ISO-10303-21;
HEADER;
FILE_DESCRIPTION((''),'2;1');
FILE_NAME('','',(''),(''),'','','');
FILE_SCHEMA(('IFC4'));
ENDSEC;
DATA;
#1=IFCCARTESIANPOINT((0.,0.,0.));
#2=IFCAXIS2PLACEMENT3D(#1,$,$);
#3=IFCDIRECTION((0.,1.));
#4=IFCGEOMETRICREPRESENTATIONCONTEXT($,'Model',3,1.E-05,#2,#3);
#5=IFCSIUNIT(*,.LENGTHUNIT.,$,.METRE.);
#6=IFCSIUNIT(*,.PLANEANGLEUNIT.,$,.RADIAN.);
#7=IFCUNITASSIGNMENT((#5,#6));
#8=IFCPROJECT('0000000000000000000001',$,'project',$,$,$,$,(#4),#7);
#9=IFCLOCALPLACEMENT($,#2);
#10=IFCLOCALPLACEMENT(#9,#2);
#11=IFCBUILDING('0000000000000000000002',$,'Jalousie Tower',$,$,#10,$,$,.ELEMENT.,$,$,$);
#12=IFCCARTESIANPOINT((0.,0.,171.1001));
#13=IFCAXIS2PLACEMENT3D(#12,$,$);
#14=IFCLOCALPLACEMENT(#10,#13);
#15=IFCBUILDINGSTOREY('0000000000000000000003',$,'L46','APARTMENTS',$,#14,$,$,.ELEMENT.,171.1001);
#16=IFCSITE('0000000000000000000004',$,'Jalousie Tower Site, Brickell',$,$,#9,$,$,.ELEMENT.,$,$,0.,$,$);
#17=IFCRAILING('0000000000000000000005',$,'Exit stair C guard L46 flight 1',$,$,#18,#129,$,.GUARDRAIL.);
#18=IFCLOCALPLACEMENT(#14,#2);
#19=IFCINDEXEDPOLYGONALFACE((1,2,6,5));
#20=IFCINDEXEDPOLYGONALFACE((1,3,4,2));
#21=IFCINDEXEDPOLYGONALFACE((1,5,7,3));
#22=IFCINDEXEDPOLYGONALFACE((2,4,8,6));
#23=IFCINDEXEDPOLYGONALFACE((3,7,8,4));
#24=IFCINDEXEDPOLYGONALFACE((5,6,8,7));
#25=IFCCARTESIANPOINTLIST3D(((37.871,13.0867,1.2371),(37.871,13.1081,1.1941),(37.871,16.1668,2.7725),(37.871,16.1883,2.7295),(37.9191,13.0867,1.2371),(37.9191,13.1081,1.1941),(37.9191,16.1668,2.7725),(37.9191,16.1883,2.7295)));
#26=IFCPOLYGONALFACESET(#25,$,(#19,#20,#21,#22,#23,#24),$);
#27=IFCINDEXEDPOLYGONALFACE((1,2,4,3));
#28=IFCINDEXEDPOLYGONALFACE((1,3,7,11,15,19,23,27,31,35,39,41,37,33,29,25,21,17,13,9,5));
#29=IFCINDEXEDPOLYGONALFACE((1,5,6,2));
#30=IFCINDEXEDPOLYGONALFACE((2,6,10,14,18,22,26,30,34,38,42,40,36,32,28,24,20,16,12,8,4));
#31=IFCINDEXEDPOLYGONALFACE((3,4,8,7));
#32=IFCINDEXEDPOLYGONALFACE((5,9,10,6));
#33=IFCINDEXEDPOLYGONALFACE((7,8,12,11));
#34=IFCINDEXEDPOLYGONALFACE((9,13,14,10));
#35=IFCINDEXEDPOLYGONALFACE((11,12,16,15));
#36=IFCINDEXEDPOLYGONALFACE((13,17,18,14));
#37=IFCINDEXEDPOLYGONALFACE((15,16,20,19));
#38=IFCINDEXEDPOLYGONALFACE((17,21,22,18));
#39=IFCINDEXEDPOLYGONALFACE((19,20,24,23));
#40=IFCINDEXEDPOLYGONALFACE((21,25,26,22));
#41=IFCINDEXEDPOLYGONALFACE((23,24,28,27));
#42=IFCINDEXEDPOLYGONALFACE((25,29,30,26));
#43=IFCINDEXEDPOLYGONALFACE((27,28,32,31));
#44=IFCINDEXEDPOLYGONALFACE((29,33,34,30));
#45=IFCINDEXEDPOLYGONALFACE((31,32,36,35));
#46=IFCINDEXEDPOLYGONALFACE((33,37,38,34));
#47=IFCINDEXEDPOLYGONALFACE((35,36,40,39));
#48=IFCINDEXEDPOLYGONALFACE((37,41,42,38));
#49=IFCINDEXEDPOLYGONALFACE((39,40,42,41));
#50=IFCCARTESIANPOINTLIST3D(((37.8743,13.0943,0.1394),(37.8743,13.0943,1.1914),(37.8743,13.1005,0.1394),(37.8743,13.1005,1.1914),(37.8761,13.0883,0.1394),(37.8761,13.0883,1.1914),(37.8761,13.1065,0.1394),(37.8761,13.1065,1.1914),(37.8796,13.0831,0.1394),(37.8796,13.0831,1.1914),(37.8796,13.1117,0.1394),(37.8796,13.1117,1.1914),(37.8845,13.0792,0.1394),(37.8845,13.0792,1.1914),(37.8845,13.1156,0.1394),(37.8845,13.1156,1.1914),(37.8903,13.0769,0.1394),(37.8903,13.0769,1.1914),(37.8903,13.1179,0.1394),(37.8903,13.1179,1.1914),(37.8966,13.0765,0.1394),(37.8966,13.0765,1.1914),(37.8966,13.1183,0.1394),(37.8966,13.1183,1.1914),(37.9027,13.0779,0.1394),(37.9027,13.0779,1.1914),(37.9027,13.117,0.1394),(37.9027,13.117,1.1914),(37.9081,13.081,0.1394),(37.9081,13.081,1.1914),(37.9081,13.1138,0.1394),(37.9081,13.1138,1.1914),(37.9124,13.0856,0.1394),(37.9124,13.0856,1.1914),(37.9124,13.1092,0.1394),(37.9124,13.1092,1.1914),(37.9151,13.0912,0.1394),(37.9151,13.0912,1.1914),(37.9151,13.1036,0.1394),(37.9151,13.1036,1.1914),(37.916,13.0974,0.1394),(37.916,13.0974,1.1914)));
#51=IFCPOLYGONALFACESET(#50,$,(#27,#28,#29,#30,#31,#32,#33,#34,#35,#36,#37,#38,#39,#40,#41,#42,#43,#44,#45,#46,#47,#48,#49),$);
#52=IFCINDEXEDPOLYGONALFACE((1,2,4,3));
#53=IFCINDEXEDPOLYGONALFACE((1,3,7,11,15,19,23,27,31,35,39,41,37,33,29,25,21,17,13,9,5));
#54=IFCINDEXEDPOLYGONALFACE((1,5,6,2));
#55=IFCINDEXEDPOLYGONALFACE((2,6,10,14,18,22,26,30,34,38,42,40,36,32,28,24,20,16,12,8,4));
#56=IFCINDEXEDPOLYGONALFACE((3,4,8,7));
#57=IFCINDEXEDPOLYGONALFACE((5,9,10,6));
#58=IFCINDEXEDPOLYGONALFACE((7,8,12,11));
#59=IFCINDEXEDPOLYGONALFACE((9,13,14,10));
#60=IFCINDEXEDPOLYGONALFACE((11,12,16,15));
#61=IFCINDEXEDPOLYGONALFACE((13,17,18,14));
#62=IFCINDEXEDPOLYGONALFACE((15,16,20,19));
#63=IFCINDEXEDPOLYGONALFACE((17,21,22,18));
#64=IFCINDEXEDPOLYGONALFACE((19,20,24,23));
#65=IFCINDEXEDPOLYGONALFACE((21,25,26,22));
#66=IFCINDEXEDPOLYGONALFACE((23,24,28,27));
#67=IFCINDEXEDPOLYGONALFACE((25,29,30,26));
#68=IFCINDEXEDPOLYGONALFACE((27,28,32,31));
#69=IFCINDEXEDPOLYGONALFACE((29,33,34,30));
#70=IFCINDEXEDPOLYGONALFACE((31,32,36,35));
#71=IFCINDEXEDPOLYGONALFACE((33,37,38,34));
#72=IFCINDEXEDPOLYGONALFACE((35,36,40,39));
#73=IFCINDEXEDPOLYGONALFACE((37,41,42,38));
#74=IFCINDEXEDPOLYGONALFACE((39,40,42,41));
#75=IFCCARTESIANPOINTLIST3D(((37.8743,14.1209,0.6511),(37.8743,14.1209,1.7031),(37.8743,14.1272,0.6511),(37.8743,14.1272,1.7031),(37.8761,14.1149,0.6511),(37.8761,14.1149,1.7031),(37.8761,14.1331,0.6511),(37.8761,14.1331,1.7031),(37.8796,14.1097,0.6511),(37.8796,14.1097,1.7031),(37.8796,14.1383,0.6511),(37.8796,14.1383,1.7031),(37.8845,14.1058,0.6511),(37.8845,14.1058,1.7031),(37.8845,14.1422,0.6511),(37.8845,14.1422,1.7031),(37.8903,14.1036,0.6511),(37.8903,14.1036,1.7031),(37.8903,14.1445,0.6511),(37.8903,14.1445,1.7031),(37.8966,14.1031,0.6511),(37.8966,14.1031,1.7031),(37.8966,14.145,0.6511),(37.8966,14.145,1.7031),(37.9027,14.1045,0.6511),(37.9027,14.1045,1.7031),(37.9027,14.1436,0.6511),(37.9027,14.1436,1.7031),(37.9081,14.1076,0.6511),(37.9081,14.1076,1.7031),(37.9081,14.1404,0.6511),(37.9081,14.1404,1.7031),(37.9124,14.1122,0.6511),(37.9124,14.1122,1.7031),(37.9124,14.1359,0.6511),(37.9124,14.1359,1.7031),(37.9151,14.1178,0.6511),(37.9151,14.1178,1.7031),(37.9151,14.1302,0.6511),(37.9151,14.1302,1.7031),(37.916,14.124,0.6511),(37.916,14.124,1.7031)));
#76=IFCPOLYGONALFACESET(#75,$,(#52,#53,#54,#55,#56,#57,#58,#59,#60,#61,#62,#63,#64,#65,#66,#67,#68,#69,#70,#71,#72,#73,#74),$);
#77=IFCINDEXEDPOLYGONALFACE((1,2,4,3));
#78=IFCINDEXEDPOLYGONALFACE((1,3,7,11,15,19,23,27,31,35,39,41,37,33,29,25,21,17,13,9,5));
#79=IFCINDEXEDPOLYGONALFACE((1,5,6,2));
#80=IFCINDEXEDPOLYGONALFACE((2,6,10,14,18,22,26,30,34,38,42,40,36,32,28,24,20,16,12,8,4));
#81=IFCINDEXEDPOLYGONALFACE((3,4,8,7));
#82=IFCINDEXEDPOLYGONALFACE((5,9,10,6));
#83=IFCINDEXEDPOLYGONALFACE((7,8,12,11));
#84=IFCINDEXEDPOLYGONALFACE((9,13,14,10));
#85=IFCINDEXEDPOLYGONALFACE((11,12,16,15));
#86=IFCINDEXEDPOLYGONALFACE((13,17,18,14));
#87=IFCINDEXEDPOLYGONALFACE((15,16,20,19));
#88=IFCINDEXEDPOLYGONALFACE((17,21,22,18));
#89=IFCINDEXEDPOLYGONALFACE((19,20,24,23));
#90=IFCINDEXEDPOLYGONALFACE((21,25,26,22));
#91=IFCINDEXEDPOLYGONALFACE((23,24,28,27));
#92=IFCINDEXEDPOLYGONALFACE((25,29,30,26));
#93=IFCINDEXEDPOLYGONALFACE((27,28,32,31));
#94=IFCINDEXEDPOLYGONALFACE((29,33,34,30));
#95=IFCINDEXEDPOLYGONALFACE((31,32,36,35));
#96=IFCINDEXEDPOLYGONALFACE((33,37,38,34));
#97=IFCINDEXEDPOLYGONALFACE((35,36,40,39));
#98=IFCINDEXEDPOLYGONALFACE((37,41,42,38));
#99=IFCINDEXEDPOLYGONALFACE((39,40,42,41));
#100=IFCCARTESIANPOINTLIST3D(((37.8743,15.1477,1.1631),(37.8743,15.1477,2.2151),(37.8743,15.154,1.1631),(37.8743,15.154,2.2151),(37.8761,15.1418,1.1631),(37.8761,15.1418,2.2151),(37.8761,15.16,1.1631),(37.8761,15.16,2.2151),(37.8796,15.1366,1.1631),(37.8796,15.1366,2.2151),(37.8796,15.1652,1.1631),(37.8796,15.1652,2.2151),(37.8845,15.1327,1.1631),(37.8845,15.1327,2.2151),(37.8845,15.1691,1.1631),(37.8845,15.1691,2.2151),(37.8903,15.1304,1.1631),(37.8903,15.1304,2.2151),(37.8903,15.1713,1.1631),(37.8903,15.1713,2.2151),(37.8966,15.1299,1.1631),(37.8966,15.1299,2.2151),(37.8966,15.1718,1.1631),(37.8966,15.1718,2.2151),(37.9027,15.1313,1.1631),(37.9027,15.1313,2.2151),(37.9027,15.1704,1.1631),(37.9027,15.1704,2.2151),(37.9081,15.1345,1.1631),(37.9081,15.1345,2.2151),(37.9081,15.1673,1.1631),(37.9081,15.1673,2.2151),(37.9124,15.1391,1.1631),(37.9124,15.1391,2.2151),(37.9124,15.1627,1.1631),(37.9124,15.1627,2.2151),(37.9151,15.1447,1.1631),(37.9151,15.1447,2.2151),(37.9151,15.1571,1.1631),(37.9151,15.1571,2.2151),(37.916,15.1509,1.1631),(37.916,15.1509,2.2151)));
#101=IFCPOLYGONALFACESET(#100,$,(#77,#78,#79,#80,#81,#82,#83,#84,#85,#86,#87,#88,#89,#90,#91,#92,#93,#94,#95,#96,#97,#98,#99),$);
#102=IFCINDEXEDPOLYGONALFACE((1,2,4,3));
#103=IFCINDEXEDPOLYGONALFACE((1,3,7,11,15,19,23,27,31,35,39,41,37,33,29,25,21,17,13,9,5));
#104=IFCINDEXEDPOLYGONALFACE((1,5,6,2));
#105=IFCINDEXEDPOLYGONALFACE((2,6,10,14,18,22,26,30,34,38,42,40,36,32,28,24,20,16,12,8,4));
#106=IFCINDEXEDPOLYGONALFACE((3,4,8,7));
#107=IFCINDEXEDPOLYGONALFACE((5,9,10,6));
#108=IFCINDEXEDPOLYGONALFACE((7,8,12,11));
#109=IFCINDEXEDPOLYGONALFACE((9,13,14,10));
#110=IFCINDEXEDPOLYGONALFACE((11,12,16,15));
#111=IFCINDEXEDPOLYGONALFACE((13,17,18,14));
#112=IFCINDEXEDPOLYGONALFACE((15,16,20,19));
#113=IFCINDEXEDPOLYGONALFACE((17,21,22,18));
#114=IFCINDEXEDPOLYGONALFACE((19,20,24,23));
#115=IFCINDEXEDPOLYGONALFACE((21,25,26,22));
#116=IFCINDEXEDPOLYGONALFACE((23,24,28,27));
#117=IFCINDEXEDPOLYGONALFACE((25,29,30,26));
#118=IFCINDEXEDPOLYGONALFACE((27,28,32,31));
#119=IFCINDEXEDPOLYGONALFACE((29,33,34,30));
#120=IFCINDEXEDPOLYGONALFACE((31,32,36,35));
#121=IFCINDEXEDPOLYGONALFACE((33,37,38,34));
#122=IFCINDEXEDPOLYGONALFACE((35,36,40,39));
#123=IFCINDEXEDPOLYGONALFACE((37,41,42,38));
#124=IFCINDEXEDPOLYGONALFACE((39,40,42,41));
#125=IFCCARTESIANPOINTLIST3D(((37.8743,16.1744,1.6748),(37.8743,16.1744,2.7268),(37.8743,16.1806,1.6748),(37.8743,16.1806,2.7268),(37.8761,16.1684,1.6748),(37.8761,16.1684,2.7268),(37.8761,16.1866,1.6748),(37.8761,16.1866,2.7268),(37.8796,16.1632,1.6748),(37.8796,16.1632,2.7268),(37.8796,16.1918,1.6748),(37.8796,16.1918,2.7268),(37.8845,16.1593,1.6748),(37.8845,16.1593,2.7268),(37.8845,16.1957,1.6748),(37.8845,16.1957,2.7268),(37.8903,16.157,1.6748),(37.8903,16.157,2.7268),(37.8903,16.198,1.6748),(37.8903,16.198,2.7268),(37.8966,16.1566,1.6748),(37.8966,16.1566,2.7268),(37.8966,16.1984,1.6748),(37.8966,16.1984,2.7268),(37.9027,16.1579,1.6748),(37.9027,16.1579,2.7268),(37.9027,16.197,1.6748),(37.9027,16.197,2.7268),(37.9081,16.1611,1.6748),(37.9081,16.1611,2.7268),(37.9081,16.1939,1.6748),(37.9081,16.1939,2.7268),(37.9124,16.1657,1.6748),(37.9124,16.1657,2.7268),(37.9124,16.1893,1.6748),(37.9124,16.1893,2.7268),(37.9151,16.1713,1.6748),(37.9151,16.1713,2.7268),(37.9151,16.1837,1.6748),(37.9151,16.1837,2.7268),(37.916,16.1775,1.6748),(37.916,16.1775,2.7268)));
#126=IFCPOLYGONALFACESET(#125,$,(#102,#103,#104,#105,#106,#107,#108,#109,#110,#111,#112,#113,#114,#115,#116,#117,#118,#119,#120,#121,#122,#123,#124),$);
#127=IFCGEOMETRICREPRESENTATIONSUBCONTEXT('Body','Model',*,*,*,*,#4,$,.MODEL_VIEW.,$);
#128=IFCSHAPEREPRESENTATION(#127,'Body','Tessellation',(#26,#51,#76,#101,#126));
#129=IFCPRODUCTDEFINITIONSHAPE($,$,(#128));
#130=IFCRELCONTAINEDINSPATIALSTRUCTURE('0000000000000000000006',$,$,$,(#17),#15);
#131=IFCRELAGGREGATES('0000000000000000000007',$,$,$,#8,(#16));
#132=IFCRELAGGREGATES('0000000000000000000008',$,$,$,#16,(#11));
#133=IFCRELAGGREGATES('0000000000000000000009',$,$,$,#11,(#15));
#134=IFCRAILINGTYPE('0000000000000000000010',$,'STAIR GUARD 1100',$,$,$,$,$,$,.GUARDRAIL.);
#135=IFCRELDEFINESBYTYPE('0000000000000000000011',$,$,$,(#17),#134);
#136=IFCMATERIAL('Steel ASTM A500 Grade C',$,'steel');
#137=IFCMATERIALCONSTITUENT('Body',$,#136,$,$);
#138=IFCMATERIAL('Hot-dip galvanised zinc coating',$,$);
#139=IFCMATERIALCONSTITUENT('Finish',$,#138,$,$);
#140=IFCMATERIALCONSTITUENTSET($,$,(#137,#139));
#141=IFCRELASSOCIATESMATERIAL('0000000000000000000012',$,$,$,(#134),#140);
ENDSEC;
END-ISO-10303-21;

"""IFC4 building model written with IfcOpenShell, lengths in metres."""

from ifc_helpers import new_model, si_unit, direction, frame, origin, origin_2d, place, context, subcontext, project, spatial, rectangle, circle, extrude, material, constituent, constituent_set, type_object, element, save


model = new_model("IFC4")

# Units and contexts
model_context = context("Model", 3, precision=1e-05, world=origin(), true_north=direction((0.0, 1.0)))
body_context = subcontext(model_context, "Body", "Model", "MODEL_VIEW")
ifc_project = project(units=[si_unit("LENGTHUNIT", "METRE"), si_unit("PLANEANGLEUNIT", "RADIAN")], contexts=[model_context])

# Site, building, storey
site_placement = place(None, origin())
site = spatial("IfcSite", under=ifc_project, at=site_placement, Name="Jalousie Tower Site, Brickell", CompositionType="ELEMENT", RefElevation=0.0)
building_placement = place(site_placement, origin())
building = spatial("IfcBuilding", under=site, at=building_placement, Name="Jalousie Tower", CompositionType="ELEMENT")
storey_placement = place(building_placement, frame((0.0, 0.0, 171.1001)))
storey = spatial("IfcBuildingStorey", under=building, at=storey_placement, Name="L46", Description="APARTMENTS", CompositionType="ELEMENT", Elevation=171.1001)

# Railing
ifc_material_1 = material(Name="Steel ASTM A500 Grade C", Category="steel")
ifc_constituent_1 = constituent(ifc_material_1, Name="Body")
ifc_material_2 = material(Name="Hot-dip galvanised zinc coating")
ifc_constituent_2 = constituent(ifc_material_2, Name="Finish")
ifc_constituent_set_1 = constituent_set(constituents=[ifc_constituent_1, ifc_constituent_2])
railing_type_1 = type_object("IfcRailingType", Name="STAIR GUARD 1100", PredefinedType="GUARDRAIL", material=ifc_constituent_set_1)
railing_1_placement = place(storey_placement, frame((37.895, 13.0974, 0.1394)))
element("IfcRailing", 1, at=railing_1_placement, inside=storey, type_object=railing_type_1, Name="Exit stair C guard L46 flight 1", PredefinedType="GUARDRAIL", context=body_context, shape_type="SweptSolid", body=[
    extrude(rectangle(XDim=0.0481, YDim=0.0481, at=origin_2d()), frame((0.0, 0.0, 1.0762), z_axis=(0.0, 0.894966, 0.446135), x_axis=(-1.0, 0.0, 0.0)), (0.0, 0.0, 1.0), 3.4417),
    extrude(circle(Radius=0.021, at=origin_2d()), origin(), (0.0, 0.0, 1.0), 1.052),
    extrude(circle(Radius=0.021, at=origin_2d()), frame((0.0, 1.0266, 0.5117)), (0.0, 0.0, 1.0), 1.052),
    extrude(circle(Radius=0.021, at=origin_2d()), frame((0.0, 2.0535, 1.0237)), (0.0, 0.0, 1.0), 1.052),
    extrude(circle(Radius=0.021, at=origin_2d()), frame((0.0, 3.0801, 1.5354)), (0.0, 0.0, 1.0), 1.052),
])

save(model, "model.ifc")
